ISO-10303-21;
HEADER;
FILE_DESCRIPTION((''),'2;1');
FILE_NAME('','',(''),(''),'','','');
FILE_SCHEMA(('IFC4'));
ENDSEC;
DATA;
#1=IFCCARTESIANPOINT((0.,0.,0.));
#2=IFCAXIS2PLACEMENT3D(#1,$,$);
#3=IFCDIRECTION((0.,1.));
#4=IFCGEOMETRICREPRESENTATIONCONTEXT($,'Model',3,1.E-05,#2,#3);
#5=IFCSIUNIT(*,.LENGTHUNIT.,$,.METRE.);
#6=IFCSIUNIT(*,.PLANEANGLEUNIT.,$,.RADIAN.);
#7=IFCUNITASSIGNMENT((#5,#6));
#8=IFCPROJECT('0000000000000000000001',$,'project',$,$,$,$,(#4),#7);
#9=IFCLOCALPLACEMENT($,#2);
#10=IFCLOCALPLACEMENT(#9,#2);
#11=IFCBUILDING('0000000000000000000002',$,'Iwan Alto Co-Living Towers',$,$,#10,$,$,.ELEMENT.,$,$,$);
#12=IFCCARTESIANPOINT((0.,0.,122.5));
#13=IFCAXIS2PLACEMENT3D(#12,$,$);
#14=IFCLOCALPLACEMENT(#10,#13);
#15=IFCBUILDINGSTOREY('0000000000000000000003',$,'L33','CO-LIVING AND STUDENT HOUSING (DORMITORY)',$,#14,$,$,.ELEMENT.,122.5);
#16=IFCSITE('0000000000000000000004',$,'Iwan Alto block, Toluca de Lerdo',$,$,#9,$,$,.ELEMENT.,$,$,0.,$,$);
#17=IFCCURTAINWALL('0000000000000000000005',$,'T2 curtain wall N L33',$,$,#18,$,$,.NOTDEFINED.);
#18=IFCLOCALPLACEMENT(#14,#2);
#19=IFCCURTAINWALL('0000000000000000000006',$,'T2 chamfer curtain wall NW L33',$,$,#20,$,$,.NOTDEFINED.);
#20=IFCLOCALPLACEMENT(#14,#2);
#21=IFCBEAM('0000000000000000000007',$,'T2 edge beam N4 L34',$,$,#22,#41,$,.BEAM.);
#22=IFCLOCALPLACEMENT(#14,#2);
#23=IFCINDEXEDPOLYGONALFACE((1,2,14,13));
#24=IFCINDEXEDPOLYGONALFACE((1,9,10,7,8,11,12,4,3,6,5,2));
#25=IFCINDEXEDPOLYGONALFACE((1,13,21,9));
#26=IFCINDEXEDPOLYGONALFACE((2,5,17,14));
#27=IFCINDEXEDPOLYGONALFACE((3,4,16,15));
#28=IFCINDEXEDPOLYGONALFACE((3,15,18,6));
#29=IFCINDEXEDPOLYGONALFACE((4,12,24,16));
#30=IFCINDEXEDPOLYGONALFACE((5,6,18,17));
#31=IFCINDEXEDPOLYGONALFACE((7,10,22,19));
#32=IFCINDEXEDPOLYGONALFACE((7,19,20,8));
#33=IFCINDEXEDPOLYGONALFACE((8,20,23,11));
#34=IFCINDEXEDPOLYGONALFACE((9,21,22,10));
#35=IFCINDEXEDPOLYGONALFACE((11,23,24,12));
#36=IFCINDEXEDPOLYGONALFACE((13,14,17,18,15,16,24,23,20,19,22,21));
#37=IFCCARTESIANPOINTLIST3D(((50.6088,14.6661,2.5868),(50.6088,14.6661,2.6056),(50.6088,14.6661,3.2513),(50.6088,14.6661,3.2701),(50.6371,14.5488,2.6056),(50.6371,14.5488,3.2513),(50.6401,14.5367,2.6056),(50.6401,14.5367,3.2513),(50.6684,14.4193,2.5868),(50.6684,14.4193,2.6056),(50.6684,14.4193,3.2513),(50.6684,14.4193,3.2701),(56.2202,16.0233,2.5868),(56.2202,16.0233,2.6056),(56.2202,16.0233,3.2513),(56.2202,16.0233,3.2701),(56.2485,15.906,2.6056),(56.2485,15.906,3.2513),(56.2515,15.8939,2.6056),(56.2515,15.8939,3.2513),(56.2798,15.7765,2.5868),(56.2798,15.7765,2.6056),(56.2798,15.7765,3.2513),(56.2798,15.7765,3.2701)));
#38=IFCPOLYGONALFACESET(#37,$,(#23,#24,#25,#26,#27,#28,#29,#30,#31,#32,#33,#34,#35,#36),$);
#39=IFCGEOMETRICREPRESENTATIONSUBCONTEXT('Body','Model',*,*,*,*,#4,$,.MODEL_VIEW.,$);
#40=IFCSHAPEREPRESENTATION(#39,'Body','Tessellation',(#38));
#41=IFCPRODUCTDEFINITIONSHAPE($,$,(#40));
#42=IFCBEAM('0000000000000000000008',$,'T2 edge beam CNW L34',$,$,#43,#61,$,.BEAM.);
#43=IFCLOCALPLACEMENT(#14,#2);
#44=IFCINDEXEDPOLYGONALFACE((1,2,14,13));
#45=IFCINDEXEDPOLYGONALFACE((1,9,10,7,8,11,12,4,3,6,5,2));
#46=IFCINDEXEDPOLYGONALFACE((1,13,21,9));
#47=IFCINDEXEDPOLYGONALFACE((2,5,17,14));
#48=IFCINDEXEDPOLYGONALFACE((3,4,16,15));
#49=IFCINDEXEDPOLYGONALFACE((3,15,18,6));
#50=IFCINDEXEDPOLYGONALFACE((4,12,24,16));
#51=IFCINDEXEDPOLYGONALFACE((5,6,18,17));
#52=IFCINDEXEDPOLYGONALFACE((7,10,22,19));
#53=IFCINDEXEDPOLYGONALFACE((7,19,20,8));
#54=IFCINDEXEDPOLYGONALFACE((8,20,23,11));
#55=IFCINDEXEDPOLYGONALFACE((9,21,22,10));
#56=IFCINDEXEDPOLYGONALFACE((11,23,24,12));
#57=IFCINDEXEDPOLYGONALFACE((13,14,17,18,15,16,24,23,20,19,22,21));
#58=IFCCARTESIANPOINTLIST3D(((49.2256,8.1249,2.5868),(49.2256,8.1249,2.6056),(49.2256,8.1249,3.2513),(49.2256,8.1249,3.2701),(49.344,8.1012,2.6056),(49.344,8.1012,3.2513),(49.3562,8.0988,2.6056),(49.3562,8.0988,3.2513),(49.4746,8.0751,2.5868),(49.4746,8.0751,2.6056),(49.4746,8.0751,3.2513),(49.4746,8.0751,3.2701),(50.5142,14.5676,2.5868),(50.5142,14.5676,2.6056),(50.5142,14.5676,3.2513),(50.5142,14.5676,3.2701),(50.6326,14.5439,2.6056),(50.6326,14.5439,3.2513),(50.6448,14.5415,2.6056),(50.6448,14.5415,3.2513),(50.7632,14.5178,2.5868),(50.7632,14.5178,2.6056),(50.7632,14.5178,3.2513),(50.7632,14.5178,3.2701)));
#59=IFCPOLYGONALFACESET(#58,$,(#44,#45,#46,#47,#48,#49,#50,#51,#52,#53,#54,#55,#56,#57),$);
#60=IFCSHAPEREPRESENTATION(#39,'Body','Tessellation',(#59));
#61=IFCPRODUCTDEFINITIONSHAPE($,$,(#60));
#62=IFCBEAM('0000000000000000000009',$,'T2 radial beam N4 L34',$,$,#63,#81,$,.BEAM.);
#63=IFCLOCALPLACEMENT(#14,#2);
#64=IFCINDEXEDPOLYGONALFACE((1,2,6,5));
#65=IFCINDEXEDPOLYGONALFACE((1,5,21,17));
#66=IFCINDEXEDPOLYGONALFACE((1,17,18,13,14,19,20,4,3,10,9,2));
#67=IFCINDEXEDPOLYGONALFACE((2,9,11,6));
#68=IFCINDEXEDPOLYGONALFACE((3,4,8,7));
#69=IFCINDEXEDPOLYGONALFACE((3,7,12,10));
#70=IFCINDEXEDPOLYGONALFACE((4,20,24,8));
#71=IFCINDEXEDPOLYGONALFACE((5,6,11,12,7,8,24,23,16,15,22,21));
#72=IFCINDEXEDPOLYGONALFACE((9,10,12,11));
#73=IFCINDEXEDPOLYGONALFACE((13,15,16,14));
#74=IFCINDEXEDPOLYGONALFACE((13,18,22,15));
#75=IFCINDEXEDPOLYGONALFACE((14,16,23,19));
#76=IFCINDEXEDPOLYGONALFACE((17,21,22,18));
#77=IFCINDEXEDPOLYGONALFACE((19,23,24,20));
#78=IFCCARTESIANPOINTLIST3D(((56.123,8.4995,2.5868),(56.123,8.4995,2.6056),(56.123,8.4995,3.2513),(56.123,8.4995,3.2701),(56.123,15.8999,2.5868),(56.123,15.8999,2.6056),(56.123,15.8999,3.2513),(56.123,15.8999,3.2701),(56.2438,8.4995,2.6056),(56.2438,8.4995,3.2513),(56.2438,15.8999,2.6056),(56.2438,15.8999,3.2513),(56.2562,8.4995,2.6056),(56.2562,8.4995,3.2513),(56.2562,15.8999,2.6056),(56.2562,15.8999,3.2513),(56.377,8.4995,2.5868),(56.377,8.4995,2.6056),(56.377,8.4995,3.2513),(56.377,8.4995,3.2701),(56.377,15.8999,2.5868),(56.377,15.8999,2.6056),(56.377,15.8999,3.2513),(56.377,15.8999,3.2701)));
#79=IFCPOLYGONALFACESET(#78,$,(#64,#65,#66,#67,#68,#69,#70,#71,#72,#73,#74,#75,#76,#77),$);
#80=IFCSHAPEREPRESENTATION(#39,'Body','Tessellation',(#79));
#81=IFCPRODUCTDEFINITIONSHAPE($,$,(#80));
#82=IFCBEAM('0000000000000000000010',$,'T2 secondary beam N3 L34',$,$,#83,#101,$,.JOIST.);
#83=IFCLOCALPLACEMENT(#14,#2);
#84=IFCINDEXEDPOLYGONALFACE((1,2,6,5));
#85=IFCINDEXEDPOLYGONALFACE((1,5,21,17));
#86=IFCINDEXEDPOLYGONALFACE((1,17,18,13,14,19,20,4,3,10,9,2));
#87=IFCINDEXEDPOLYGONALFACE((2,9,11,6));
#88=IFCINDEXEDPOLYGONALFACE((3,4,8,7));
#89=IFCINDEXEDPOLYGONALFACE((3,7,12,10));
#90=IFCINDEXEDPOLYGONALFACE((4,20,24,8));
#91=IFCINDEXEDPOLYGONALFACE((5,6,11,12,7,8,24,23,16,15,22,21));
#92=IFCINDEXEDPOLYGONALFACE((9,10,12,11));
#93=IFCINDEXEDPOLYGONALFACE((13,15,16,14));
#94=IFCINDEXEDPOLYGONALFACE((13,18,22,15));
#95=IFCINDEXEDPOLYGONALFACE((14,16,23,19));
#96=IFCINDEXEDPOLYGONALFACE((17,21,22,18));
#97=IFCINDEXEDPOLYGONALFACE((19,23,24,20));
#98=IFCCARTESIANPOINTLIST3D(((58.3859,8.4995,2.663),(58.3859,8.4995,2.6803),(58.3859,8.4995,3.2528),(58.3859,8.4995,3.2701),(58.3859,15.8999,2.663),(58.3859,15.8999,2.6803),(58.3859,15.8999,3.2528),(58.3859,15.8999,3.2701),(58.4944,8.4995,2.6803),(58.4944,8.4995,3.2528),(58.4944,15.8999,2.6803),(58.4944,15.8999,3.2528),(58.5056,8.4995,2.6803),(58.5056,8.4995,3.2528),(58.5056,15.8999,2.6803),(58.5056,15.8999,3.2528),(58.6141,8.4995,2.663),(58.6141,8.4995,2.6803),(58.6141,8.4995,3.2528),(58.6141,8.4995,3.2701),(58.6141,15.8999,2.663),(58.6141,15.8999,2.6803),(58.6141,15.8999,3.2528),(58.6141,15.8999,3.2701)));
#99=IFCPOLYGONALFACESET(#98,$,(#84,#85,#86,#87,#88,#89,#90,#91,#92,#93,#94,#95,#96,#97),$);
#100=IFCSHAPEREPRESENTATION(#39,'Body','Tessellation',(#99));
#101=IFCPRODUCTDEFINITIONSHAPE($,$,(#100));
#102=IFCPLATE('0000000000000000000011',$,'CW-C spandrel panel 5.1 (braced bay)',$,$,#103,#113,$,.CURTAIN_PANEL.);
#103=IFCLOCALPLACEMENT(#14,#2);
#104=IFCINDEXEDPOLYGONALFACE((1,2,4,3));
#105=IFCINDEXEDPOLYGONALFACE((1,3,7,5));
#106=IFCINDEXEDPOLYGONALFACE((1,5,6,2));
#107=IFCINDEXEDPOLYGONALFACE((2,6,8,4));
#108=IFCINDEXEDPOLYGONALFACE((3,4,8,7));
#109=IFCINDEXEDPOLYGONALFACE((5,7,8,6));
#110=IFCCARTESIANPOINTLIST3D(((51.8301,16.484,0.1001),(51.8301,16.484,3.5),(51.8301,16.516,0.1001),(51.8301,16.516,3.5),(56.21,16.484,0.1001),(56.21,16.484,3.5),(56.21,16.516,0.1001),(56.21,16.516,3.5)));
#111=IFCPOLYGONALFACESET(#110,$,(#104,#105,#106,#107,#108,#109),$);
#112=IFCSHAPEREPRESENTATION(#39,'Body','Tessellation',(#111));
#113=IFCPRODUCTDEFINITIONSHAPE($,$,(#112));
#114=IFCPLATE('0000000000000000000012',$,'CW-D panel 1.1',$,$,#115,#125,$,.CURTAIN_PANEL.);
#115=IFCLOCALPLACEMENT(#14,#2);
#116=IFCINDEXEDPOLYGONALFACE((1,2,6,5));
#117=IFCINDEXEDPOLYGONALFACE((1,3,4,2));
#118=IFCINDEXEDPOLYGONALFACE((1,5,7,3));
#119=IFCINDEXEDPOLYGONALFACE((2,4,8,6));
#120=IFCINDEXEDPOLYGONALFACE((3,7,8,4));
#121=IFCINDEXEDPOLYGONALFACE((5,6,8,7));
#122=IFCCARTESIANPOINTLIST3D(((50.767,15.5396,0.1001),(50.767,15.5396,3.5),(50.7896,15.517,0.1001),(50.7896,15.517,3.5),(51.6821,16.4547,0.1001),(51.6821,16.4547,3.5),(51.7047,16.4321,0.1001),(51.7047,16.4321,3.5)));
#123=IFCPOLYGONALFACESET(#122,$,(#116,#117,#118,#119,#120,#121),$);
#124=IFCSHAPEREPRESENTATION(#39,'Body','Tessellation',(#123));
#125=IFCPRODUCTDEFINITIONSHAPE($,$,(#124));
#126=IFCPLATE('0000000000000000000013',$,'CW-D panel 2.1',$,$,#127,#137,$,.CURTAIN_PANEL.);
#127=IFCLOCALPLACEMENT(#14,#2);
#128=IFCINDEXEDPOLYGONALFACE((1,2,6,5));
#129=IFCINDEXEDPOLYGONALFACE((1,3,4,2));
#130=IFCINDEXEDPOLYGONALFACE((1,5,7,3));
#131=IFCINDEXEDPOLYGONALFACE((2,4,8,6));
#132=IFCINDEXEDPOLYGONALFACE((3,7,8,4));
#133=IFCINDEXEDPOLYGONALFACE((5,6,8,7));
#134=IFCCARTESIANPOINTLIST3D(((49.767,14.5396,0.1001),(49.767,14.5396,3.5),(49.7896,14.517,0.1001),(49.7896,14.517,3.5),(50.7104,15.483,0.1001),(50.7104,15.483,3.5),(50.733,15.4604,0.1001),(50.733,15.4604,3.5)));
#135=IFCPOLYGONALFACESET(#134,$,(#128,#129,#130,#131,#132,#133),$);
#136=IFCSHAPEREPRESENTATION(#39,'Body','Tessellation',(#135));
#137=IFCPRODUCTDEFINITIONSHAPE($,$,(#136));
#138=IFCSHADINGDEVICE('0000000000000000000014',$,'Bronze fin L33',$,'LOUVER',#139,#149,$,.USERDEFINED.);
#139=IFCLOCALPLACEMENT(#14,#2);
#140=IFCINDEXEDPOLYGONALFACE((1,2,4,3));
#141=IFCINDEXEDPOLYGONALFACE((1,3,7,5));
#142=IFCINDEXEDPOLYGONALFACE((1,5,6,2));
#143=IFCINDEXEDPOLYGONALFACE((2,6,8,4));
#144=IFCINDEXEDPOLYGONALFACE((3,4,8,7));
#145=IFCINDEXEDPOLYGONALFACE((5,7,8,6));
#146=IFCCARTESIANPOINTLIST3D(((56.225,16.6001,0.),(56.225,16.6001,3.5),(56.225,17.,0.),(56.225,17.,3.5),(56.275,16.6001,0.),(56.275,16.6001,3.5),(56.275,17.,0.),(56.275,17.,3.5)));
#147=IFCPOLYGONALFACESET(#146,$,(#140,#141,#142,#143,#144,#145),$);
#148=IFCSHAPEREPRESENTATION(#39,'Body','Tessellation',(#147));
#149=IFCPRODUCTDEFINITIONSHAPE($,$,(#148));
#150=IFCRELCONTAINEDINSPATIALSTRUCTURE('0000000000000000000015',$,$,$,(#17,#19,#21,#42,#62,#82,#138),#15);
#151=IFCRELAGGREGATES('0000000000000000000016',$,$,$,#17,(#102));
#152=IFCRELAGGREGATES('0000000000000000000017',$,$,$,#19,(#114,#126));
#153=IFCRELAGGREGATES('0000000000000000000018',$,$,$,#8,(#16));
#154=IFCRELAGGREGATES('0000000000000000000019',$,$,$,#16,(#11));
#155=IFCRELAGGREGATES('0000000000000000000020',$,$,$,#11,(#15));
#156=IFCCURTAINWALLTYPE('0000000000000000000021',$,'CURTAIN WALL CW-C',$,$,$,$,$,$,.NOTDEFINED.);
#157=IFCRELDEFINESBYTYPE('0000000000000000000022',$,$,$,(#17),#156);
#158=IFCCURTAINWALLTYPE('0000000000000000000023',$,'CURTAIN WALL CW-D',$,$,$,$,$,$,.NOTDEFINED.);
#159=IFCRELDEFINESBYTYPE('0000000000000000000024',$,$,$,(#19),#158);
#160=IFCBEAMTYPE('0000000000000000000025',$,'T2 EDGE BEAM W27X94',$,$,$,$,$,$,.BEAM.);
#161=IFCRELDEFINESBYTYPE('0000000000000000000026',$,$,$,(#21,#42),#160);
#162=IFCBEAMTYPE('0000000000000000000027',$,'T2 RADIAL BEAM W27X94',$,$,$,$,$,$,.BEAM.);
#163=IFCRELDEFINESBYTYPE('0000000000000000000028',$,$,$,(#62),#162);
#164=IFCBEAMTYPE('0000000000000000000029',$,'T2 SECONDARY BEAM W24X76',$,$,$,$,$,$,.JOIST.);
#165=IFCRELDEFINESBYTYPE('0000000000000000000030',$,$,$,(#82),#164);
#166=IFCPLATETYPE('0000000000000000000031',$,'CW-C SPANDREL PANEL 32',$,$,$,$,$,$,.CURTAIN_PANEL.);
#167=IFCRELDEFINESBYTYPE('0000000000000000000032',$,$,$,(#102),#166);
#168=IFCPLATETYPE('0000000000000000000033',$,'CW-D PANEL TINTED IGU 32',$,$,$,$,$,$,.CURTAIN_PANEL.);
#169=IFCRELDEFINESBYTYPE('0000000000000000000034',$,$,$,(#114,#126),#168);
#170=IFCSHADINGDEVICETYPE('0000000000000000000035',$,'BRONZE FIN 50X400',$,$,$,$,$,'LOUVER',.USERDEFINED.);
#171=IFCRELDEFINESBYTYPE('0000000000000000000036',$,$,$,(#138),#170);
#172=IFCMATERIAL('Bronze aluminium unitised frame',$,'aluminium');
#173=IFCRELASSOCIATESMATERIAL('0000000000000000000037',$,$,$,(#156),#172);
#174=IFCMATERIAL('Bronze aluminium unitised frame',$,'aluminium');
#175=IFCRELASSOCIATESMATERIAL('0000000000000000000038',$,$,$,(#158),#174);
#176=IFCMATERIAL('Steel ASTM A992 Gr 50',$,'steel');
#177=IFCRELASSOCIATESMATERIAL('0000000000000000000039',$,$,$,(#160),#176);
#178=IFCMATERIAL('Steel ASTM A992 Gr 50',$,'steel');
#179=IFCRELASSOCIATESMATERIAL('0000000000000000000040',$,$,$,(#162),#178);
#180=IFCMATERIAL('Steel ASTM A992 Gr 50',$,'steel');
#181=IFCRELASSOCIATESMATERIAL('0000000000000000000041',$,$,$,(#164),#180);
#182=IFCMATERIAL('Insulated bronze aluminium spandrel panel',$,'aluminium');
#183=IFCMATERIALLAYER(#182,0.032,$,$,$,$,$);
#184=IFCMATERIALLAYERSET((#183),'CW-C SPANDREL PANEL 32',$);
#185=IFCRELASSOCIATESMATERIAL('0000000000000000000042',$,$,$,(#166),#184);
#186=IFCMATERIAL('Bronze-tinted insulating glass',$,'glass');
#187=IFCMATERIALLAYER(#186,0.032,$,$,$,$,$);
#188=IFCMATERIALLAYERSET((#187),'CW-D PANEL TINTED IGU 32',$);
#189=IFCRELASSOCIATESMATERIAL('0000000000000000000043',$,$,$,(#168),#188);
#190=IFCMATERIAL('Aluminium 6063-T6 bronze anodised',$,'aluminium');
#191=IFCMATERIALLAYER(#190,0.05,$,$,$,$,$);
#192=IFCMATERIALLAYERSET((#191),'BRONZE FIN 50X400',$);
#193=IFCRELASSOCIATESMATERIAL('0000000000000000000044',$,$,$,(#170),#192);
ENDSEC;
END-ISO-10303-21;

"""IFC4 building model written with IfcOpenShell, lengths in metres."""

from ifc_helpers import new_model, si_unit, direction, frame, origin, origin_2d, place, context, subcontext, project, spatial, rectangle, i_section, extrude, material, layer, layer_set, material_profile, profile_set, type_object, element, aggregate, save


model = new_model("IFC4")

# Units and contexts
model_context = context("Model", 3, precision=1e-05, world=origin(), true_north=direction((0.0, 1.0)))
body_context = subcontext(model_context, "Body", "Model", "MODEL_VIEW")
ifc_project = project(units=[si_unit("LENGTHUNIT", "METRE"), si_unit("PLANEANGLEUNIT", "RADIAN")], contexts=[model_context])

# Site, building, storey
site_placement = place(None, origin())
site = spatial("IfcSite", under=ifc_project, at=site_placement, Name="Iwan Alto block, Toluca de Lerdo", CompositionType="ELEMENT", RefElevation=0.0)
building_placement = place(site_placement, origin())
building = spatial("IfcBuilding", under=site, at=building_placement, Name="Iwan Alto Co-Living Towers", CompositionType="ELEMENT")
storey_placement = place(building_placement, frame((0.0, 0.0, 122.5)))
storey = spatial("IfcBuildingStorey", under=building, at=storey_placement, Name="L33", Description="CO-LIVING AND STUDENT HOUSING (DORMITORY)", CompositionType="ELEMENT", Elevation=122.5)

# Curtain walls
ifc_material_1 = material(Name="Bronze aluminium unitised frame", Category="aluminium")
curtain_wall_type_1 = type_object("IfcCurtainWallType", Name="CURTAIN WALL CW-C", PredefinedType="NOTDEFINED", material=ifc_material_1)
curtain_wall_1_placement = place(storey_placement, origin())
curtain_wall_1 = element("IfcCurtainWall", 1, at=curtain_wall_1_placement, inside=storey, type_object=curtain_wall_type_1, Name="T2 curtain wall N L33", PredefinedType="NOTDEFINED")
ifc_material_2 = material(Name="Bronze aluminium unitised frame", Category="aluminium")
curtain_wall_type_2 = type_object("IfcCurtainWallType", Name="CURTAIN WALL CW-D", PredefinedType="NOTDEFINED", material=ifc_material_2)
curtain_wall_2_placement = place(storey_placement, origin())
curtain_wall_2 = element("IfcCurtainWall", 2, at=curtain_wall_2_placement, inside=storey, type_object=curtain_wall_type_2, Name="T2 chamfer curtain wall NW L33", PredefinedType="NOTDEFINED")

# Beams
ifc_material_3 = material(Name="Steel ASTM A992 Gr 50", Category="steel")
ifc_material_profile_1 = material_profile(ifc_material_3, i_section(OverallWidth=0.2539, OverallDepth=0.6833, WebThickness=0.0125, FlangeThickness=0.0188, at=origin_2d()), Name="W27X94")
ifc_profile_set_1 = profile_set([ifc_material_profile_1], Name="Steel ASTM A992 Gr 50")
beam_type_1 = type_object("IfcBeamType", Name="T2 EDGE BEAM W27X94", PredefinedType="BEAM", material=ifc_profile_set_1)
beam_1_placement = place(storey_placement, frame((56.25, 15.8999, 2.9285), z_axis=(-0.971975, -0.235086, 0.0), x_axis=(0.235086, -0.971975, 0.0)))
element("IfcBeam", 3, at=beam_1_placement, inside=storey, type_object=beam_type_1, Name="T2 edge beam N4 L34", PredefinedType="BEAM", context=body_context, shape_type="SweptSolid", body=[
    extrude(i_section(OverallWidth=0.2539, OverallDepth=0.6833, WebThickness=0.0125, FlangeThickness=0.0188, at=origin_2d()), origin(), (0.0, 0.0, 1.0), 5.7732),
])
beam_2_placement = place(storey_placement, frame((50.6387, 14.5427, 2.9285), z_axis=(-0.196123, -0.980579, 0.0), x_axis=(0.980579, -0.196123, 0.0)))
element("IfcBeam", 4, at=beam_2_placement, inside=storey, type_object=beam_type_1, Name="T2 edge beam CNW L34", PredefinedType="BEAM", context=body_context, shape_type="SweptSolid", body=[
    extrude(i_section(OverallWidth=0.2539, OverallDepth=0.6833, WebThickness=0.0125, FlangeThickness=0.0188, at=origin_2d()), origin(), (0.0, 0.0, 1.0), 6.5703),
])
ifc_material_4 = material(Name="Steel ASTM A992 Gr 50", Category="steel")
ifc_material_profile_2 = material_profile(ifc_material_4, i_section(OverallWidth=0.2539, OverallDepth=0.6833, WebThickness=0.0125, FlangeThickness=0.0188, at=origin_2d()), Name="W27X94")
ifc_profile_set_2 = profile_set([ifc_material_profile_2], Name="Steel ASTM A992 Gr 50")
beam_type_2 = type_object("IfcBeamType", Name="T2 RADIAL BEAM W27X94", PredefinedType="BEAM", material=ifc_profile_set_2)
beam_3_placement = place(storey_placement, frame((56.25, 15.8999, 2.9285), z_axis=(0.0, -1.0, 0.0), x_axis=(1.0, 0.0, 0.0)))
element("IfcBeam", 5, at=beam_3_placement, inside=storey, type_object=beam_type_2, Name="T2 radial beam N4 L34", PredefinedType="BEAM", context=body_context, shape_type="SweptSolid", body=[
    extrude(i_section(OverallWidth=0.2539, OverallDepth=0.6833, WebThickness=0.0125, FlangeThickness=0.0188, at=origin_2d()), origin(), (0.0, 0.0, 1.0), 7.4004),
])
ifc_material_5 = material(Name="Steel ASTM A992 Gr 50", Category="steel")
ifc_material_profile_3 = material_profile(ifc_material_5, i_section(OverallWidth=0.2283, OverallDepth=0.6072, WebThickness=0.0112, FlangeThickness=0.0173, at=origin_2d()), Name="W24X76")
ifc_profile_set_3 = profile_set([ifc_material_profile_3], Name="Steel ASTM A992 Gr 50")
beam_type_3 = type_object("IfcBeamType", Name="T2 SECONDARY BEAM W24X76", PredefinedType="JOIST", material=ifc_profile_set_3)
beam_4_placement = place(storey_placement, frame((58.5, 15.8999, 2.9666), z_axis=(0.0, -1.0, 0.0), x_axis=(1.0, 0.0, 0.0)))
element("IfcBeam", 6, at=beam_4_placement, inside=storey, type_object=beam_type_3, Name="T2 secondary beam N3 L34", PredefinedType="JOIST", context=body_context, shape_type="SweptSolid", body=[
    extrude(i_section(OverallWidth=0.2283, OverallDepth=0.6072, WebThickness=0.0112, FlangeThickness=0.0173, at=origin_2d()), origin(), (0.0, 0.0, 1.0), 7.4004),
])

# Plates
ifc_material_6 = material(Name="Insulated bronze aluminium spandrel panel", Category="aluminium")
ifc_layer_1 = layer(ifc_material_6, 0.032)
ifc_layer_set_1 = layer_set([ifc_layer_1], Name="CW-C SPANDREL PANEL 32")
plate_type_1 = type_object("IfcPlateType", Name="CW-C SPANDREL PANEL 32", PredefinedType="CURTAIN_PANEL", material=ifc_layer_set_1)
plate_1_placement = place(storey_placement, frame((54.02, 16.5, 0.1001), z_axis=(0.0, 0.0, 1.0), x_axis=(-1.0, 0.0, 0.0)))
plate_1 = element("IfcPlate", 7, at=plate_1_placement, type_object=plate_type_1, Name="CW-C spandrel panel 5.1 (braced bay)", PredefinedType="CURTAIN_PANEL", context=body_context, shape_type="SweptSolid", body=[
    extrude(rectangle(XDim=4.3799, YDim=0.032, at=origin_2d()), origin(), (0.0, 0.0, 1.0), 3.3999),
])
aggregate(curtain_wall_1, [plate_1])
ifc_material_7 = material(Name="Bronze-tinted insulating glass", Category="glass")
ifc_layer_2 = layer(ifc_material_7, 0.032)
ifc_layer_set_2 = layer_set([ifc_layer_2], Name="CW-D PANEL TINTED IGU 32")
plate_type_2 = type_object("IfcPlateType", Name="CW-D PANEL TINTED IGU 32", PredefinedType="CURTAIN_PANEL", material=ifc_layer_set_2)
plate_2_placement = place(storey_placement, frame((51.2358, 15.9858, 0.1001), z_axis=(0.0, 0.0, 1.0), x_axis=(-0.707107, -0.707107, 0.0)))
plate_2 = element("IfcPlate", 8, at=plate_2_placement, type_object=plate_type_2, Name="CW-D panel 1.1", PredefinedType="CURTAIN_PANEL", context=body_context, shape_type="SweptSolid", body=[
    extrude(rectangle(XDim=1.2942, YDim=0.032, at=origin_2d()), origin(), (0.0, 0.0, 1.0), 3.3999),
])
plate_3_placement = place(storey_placement, frame((50.25, 15.0, 0.1001), z_axis=(0.0, 0.0, 1.0), x_axis=(-0.707107, -0.707107, 0.0)))
plate_3 = element("IfcPlate", 9, at=plate_3_placement, type_object=plate_type_2, Name="CW-D panel 2.1", PredefinedType="CURTAIN_PANEL", context=body_context, shape_type="SweptSolid", body=[
    extrude(rectangle(XDim=1.3342, YDim=0.032, at=origin_2d()), origin(), (0.0, 0.0, 1.0), 3.3999),
])
aggregate(curtain_wall_2, [plate_2, plate_3])

# Shading device
ifc_material_8 = material(Name="Aluminium 6063-T6 bronze anodised", Category="aluminium")
ifc_layer_3 = layer(ifc_material_8, 0.05)
ifc_layer_set_3 = layer_set([ifc_layer_3], Name="BRONZE FIN 50X400")
shading_device_type = type_object("IfcShadingDeviceType", Name="BRONZE FIN 50X400", ElementType="LOUVER", PredefinedType="USERDEFINED", material=ifc_layer_set_3)
shading_device_placement = place(storey_placement, frame((56.25, 16.8, 0.0), z_axis=(0.0, 0.0, 1.0), x_axis=(-1.0, 0.0, 0.0)))
element("IfcShadingDevice", 10, at=shading_device_placement, inside=storey, type_object=shading_device_type, Name="Bronze fin L33", ObjectType="LOUVER", PredefinedType="USERDEFINED", context=body_context, shape_type="SweptSolid", body=[
    extrude(rectangle(XDim=0.05, YDim=0.3999, at=origin_2d()), origin(), (0.0, 0.0, 1.0), 3.5),
])

save(model, "model.ifc")
